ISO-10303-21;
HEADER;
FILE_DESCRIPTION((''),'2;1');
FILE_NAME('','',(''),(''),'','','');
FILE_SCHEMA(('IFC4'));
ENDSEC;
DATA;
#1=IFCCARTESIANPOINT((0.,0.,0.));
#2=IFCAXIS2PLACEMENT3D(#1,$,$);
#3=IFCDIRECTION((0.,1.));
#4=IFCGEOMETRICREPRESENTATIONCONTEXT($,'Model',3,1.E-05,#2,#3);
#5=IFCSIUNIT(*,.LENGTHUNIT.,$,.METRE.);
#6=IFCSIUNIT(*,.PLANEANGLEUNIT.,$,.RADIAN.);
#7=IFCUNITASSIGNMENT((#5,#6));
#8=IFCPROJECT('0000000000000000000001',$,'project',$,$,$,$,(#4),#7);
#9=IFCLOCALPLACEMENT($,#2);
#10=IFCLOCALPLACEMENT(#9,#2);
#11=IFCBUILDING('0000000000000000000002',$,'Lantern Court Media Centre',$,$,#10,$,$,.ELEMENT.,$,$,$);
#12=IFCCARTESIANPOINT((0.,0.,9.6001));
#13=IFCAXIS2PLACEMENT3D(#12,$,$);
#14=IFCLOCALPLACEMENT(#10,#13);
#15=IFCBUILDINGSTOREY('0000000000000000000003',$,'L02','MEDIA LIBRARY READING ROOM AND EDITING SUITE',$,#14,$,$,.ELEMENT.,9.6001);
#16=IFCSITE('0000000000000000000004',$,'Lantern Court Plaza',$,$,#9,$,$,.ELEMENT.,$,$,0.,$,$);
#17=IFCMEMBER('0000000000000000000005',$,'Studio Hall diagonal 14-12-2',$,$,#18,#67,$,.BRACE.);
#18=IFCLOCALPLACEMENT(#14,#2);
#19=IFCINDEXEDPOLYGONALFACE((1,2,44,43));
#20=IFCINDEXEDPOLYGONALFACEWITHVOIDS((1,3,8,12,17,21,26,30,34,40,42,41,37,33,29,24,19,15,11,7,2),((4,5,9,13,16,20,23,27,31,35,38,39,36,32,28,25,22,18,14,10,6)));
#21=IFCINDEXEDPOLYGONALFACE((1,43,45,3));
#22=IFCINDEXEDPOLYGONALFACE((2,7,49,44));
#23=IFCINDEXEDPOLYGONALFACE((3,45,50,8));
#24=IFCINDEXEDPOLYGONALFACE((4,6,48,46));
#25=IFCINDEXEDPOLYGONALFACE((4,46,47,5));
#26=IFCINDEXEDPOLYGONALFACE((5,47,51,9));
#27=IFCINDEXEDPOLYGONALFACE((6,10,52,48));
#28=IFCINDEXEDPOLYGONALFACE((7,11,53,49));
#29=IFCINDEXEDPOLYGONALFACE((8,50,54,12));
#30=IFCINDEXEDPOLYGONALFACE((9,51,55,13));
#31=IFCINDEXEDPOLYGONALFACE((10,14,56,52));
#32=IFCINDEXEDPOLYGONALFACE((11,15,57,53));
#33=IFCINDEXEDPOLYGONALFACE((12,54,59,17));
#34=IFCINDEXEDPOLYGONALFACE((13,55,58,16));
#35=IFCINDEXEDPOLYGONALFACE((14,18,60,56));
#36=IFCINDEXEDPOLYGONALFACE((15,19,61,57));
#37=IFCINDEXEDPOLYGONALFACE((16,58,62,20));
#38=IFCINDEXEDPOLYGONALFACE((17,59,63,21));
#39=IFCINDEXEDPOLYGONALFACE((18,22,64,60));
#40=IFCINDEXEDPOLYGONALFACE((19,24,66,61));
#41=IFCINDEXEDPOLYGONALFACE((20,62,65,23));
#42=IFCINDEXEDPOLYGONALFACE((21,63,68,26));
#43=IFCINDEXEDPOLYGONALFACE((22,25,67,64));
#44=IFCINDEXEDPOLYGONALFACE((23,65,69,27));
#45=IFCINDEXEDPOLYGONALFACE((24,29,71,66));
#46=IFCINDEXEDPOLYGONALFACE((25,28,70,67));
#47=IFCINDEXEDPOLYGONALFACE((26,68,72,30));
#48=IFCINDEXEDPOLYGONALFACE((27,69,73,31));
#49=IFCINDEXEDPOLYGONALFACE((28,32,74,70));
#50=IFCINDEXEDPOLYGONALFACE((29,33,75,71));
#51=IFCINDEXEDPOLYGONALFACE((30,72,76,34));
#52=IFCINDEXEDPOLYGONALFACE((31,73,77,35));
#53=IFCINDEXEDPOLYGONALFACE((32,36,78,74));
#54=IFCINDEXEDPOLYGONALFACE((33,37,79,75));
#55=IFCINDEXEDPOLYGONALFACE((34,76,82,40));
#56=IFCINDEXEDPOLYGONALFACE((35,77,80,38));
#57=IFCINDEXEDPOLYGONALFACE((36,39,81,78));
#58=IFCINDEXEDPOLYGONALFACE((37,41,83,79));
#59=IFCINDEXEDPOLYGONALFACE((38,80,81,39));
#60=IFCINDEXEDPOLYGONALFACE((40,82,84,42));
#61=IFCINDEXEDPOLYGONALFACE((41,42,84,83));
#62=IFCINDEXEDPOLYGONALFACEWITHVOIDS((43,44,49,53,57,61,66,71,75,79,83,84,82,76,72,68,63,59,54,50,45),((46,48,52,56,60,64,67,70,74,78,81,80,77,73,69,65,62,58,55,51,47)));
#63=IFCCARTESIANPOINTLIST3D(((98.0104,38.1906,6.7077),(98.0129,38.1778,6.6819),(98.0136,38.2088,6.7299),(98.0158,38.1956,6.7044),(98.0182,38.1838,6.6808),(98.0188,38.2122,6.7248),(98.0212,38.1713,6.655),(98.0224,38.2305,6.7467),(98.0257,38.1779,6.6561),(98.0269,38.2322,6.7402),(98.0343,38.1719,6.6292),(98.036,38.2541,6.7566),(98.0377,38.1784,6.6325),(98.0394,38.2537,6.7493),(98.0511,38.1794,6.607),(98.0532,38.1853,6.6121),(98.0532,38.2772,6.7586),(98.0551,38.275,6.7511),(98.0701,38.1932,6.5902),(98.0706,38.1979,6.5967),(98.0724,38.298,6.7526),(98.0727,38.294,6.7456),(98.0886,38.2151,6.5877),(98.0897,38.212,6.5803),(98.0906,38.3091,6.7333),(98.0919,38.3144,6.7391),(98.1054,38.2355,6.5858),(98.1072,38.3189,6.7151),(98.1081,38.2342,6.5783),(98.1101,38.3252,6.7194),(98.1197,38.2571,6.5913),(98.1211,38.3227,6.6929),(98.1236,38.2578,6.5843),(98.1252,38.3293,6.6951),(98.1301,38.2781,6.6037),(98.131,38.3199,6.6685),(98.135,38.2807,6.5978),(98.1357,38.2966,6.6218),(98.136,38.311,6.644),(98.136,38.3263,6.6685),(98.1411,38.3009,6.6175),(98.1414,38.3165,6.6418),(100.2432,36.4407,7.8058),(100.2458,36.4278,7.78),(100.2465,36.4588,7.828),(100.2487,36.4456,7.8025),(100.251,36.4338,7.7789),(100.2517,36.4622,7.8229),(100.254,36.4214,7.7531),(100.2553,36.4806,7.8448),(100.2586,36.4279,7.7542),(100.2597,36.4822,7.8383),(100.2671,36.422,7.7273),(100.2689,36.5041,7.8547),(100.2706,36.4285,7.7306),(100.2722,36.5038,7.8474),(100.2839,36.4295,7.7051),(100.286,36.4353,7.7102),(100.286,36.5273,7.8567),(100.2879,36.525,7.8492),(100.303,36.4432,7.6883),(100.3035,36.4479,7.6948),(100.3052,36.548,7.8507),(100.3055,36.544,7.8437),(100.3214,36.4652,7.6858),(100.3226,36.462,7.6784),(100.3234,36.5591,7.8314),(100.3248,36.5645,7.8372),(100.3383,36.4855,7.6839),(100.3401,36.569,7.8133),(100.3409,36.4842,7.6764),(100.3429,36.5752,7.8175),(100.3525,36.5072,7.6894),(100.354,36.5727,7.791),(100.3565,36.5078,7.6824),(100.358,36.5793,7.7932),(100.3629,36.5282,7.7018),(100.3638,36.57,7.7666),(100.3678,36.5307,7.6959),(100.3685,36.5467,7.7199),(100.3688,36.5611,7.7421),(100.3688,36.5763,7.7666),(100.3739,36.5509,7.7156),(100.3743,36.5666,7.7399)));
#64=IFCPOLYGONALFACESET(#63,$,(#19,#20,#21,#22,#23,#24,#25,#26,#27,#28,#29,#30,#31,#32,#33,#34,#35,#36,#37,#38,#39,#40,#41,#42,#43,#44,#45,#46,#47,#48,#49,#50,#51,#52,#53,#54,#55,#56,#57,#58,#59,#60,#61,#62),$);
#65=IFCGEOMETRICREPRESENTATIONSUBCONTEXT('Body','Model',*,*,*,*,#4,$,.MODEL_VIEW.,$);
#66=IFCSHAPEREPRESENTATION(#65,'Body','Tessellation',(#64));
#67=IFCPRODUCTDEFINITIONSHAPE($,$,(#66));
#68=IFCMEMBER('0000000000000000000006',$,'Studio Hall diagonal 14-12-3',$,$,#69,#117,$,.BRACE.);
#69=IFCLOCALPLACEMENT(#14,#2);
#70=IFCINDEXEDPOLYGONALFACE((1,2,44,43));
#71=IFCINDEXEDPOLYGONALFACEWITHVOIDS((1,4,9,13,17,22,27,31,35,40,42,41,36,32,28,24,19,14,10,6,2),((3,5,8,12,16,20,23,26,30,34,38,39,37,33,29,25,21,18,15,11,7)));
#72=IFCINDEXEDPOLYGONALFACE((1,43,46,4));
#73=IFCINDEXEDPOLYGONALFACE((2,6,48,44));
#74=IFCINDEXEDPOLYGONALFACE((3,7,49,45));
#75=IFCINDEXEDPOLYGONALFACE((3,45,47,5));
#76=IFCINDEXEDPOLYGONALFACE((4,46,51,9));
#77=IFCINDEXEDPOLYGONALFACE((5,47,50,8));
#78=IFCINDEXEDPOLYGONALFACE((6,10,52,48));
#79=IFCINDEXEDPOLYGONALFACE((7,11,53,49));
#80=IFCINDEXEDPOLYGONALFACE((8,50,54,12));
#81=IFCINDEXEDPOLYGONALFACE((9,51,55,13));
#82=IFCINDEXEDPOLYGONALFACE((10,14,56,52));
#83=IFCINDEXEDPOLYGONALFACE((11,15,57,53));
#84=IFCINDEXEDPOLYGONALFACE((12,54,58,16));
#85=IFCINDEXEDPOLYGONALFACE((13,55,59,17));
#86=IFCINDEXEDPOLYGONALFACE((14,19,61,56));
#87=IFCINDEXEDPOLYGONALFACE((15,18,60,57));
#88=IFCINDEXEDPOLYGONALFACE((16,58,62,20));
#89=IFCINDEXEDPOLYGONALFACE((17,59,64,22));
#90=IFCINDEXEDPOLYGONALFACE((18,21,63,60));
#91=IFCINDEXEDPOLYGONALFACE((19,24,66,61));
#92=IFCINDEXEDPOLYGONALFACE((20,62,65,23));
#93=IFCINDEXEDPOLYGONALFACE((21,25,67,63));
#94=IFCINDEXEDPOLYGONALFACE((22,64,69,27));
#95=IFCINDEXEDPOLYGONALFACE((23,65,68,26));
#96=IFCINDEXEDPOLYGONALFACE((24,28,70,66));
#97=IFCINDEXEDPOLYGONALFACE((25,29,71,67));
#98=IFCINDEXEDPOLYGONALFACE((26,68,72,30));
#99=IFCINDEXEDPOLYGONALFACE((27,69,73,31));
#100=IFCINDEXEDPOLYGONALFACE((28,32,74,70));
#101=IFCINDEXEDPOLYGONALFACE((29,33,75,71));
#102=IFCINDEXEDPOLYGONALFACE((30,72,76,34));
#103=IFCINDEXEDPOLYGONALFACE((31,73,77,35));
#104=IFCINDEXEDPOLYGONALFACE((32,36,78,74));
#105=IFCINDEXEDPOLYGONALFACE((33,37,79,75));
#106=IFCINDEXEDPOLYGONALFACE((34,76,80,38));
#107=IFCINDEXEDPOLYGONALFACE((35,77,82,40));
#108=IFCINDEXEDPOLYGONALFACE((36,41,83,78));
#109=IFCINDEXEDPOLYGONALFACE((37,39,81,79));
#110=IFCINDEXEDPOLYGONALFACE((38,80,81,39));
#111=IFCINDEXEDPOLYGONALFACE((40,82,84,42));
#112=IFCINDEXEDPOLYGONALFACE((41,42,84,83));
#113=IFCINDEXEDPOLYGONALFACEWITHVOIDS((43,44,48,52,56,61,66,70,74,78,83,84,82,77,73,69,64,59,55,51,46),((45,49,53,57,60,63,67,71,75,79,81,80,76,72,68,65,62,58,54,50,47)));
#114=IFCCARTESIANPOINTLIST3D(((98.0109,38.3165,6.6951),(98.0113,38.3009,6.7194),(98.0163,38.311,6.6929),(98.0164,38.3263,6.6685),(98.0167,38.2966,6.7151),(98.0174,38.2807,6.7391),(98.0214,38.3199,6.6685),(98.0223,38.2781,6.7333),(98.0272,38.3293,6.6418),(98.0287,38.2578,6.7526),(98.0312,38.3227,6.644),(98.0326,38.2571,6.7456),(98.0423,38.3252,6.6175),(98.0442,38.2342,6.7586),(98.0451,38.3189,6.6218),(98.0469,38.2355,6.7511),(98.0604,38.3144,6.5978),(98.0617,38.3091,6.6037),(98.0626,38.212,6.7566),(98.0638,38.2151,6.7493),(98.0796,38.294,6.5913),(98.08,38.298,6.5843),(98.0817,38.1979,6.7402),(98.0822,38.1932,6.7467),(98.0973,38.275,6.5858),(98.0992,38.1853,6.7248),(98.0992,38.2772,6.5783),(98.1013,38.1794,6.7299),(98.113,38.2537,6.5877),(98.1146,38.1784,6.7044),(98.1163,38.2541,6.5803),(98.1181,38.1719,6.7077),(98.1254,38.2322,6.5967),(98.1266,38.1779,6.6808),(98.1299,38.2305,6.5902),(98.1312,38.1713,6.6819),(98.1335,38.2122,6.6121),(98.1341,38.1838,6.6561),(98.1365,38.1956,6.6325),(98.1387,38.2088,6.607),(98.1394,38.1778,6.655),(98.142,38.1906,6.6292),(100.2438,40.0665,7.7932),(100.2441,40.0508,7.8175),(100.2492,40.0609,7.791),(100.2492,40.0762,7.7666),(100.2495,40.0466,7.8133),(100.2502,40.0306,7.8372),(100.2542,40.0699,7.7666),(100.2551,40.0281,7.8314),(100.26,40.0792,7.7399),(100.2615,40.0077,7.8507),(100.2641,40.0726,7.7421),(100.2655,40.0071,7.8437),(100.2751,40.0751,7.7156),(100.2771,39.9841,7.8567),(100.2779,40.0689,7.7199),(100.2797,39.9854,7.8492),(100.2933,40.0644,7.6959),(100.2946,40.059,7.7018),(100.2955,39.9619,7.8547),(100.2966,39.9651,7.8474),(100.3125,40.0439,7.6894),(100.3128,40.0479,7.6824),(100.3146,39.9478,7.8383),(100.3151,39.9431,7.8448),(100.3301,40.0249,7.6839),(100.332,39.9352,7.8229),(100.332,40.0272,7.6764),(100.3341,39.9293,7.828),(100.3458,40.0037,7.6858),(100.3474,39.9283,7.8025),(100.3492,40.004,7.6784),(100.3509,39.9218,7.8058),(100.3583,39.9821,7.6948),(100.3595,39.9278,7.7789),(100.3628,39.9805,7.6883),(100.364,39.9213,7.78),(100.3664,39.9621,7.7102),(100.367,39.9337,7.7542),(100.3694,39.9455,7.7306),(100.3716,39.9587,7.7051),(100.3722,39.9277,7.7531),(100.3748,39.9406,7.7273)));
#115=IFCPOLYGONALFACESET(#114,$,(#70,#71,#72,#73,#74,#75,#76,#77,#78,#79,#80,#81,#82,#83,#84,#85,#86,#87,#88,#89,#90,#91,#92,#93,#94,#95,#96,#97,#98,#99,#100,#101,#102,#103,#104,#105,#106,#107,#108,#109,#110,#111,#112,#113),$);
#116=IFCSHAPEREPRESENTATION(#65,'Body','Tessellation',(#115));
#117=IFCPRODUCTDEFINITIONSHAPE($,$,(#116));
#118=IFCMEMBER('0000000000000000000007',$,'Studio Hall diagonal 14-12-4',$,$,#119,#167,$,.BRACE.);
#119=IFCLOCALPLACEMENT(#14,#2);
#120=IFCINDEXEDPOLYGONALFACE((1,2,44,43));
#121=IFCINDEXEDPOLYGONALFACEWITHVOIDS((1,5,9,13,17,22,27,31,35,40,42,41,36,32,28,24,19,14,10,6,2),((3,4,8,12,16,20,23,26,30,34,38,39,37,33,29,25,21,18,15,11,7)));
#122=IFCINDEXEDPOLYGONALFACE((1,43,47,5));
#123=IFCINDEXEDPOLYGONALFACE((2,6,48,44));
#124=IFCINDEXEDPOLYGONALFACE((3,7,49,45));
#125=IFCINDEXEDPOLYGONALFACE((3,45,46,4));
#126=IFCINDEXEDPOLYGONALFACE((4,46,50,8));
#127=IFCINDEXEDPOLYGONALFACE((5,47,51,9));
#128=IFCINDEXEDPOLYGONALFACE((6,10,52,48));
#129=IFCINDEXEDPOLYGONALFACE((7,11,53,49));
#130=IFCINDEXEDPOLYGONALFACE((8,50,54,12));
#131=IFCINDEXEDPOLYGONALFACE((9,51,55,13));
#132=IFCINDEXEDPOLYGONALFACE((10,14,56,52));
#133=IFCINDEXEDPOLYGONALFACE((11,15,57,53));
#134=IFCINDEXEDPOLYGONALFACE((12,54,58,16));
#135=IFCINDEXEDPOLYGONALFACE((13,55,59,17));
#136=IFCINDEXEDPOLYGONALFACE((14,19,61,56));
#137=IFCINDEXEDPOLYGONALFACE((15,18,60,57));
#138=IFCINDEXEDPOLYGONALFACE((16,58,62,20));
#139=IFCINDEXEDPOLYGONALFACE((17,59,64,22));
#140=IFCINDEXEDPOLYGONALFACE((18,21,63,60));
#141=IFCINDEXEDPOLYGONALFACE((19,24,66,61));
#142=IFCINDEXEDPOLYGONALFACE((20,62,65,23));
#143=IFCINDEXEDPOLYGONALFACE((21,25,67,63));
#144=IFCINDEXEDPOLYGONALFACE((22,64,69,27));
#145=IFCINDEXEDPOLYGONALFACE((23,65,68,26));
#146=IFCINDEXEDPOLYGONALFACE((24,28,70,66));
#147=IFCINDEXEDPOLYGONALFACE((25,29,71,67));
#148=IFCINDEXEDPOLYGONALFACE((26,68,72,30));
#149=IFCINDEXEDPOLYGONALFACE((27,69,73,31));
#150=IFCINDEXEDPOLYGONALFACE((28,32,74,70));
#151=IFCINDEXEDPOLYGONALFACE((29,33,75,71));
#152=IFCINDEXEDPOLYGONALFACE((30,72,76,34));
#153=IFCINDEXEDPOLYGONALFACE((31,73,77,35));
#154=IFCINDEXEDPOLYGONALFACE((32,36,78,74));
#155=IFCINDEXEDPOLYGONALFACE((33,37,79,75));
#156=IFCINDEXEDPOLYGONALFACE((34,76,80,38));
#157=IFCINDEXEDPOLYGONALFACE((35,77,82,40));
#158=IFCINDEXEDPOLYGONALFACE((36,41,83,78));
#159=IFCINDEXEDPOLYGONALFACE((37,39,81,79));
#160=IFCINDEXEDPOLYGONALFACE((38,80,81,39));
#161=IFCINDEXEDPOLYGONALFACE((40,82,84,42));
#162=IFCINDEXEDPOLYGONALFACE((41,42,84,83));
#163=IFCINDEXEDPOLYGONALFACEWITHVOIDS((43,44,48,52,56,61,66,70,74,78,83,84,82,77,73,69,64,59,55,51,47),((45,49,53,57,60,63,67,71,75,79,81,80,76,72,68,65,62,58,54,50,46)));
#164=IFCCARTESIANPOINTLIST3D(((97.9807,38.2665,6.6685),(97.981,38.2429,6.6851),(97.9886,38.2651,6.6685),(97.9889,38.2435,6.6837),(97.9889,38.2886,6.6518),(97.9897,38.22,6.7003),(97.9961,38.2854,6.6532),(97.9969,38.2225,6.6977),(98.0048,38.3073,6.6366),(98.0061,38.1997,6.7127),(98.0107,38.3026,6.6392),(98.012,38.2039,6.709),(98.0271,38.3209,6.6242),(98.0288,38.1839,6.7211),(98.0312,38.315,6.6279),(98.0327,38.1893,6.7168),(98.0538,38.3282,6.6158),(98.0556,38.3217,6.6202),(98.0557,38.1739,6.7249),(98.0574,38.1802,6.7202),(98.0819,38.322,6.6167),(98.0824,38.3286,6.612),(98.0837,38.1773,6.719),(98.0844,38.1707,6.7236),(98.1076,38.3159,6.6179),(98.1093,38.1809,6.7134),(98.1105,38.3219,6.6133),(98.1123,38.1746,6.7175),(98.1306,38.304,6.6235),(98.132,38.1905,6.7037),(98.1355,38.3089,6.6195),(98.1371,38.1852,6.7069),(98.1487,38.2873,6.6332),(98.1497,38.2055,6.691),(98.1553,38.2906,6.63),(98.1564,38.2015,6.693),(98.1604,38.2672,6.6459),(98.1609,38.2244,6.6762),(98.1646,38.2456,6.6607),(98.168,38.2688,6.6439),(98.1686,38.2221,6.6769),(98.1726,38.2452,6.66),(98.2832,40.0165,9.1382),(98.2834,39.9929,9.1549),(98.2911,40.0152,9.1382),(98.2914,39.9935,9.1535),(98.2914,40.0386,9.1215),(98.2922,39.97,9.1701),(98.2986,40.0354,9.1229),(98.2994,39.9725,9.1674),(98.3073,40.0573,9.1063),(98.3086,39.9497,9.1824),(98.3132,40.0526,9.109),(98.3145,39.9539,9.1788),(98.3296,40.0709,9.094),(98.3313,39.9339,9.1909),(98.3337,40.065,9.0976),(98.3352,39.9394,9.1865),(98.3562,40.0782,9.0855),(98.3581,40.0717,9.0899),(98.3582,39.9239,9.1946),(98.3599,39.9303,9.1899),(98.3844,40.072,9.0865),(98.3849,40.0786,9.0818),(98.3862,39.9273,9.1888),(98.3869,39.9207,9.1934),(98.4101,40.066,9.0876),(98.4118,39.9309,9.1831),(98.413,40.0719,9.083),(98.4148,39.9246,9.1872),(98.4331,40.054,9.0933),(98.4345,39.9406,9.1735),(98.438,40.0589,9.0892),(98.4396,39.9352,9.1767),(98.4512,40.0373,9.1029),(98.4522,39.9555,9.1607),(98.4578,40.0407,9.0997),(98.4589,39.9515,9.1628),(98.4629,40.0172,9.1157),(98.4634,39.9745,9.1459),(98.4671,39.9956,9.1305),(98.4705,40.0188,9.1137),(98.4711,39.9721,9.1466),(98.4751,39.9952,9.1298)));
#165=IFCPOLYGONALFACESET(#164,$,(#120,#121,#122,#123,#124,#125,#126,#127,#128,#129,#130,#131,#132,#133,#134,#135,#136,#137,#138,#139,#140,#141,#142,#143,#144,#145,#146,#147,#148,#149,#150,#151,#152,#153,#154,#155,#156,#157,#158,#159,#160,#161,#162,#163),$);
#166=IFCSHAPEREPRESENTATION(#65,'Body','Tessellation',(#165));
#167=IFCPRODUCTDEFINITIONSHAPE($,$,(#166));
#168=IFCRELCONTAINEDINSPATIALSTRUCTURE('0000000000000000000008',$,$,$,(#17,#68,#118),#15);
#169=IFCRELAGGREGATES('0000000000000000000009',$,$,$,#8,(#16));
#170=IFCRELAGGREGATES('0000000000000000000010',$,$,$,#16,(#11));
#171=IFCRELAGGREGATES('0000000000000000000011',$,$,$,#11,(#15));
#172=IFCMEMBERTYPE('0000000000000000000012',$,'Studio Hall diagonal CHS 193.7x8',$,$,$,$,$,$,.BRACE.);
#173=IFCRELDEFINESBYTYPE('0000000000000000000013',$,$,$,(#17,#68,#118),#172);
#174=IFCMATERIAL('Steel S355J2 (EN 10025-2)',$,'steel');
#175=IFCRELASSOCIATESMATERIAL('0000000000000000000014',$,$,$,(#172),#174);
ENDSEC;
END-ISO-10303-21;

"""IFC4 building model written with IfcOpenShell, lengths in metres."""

from ifc_helpers import new_model, si_unit, direction, frame, origin, origin_2d, place, context, subcontext, project, spatial, hollow_circle, extrude, material, material_profile, profile_set, type_object, element, save


model = new_model("IFC4")

# Units and contexts
model_context = context("Model", 3, precision=1e-05, world=origin(), true_north=direction((0.0, 1.0)))
body_context = subcontext(model_context, "Body", "Model", "MODEL_VIEW")
ifc_project = project(units=[si_unit("LENGTHUNIT", "METRE"), si_unit("PLANEANGLEUNIT", "RADIAN")], contexts=[model_context])

# Site, building, storey
site_placement = place(None, origin())
site = spatial("IfcSite", under=ifc_project, at=site_placement, Name="Lantern Court Plaza", CompositionType="ELEMENT", RefElevation=0.0)
building_placement = place(site_placement, origin())
building = spatial("IfcBuilding", under=site, at=building_placement, Name="Lantern Court Media Centre", CompositionType="ELEMENT")
storey_placement = place(building_placement, frame((0.0, 0.0, 9.6001)))
storey = spatial("IfcBuildingStorey", under=building, at=storey_placement, Name="L02", Description="MEDIA LIBRARY READING ROOM AND EDITING SUITE", CompositionType="ELEMENT", Elevation=9.6001)

# Members
ifc_material = material(Name="Steel S355J2 (EN 10025-2)", Category="steel")
ifc_material_profile_1 = material_profile(ifc_material, hollow_circle(Radius=0.0969, WallThickness=0.0081, at=origin_2d()), Name="Studio Hall diagonal CHS 193.7x8")
ifc_profile_set_1 = profile_set([ifc_material_profile_1], Name="Steel S355J2 (EN 10025-2)")
member_type_1 = type_object("IfcMemberType", Name="Studio Hall diagonal CHS 193.7x8", PredefinedType="BRACE", material=ifc_profile_set_1)
for number, where, z_axis, x_axis, name in (
    (1, (98.0762, 38.25, 6.6685), (0.734005, -0.575262, 0.360984), (0.616856, 0.787076, 0.0), "Studio Hall diagonal 14-12-2"),
    (2, (98.0762, 38.25, 6.6685), (0.734005, 0.575262, 0.360984), (-0.616856, 0.787076, 0.0), "Studio Hall diagonal 14-12-3"),
    (3, (98.0762, 38.25, 6.6685), (0.099439, 0.575286, 0.811885), (-0.985388, 0.170326, 0.0), "Studio Hall diagonal 14-12-4"),
):
    element("IfcMember", number, at=place(storey_placement, frame(where, z_axis=z_axis, x_axis=x_axis)), inside=storey, type_object=member_type_1, Name=name, PredefinedType="BRACE", context=body_context, shape_type="SweptSolid", body=[
        extrude(hollow_circle(Radius=0.0969, WallThickness=0.0081, at=origin_2d()), origin(), (0.0, 0.0, 1.0), 3.042),
    ])

save(model, "model.ifc")
